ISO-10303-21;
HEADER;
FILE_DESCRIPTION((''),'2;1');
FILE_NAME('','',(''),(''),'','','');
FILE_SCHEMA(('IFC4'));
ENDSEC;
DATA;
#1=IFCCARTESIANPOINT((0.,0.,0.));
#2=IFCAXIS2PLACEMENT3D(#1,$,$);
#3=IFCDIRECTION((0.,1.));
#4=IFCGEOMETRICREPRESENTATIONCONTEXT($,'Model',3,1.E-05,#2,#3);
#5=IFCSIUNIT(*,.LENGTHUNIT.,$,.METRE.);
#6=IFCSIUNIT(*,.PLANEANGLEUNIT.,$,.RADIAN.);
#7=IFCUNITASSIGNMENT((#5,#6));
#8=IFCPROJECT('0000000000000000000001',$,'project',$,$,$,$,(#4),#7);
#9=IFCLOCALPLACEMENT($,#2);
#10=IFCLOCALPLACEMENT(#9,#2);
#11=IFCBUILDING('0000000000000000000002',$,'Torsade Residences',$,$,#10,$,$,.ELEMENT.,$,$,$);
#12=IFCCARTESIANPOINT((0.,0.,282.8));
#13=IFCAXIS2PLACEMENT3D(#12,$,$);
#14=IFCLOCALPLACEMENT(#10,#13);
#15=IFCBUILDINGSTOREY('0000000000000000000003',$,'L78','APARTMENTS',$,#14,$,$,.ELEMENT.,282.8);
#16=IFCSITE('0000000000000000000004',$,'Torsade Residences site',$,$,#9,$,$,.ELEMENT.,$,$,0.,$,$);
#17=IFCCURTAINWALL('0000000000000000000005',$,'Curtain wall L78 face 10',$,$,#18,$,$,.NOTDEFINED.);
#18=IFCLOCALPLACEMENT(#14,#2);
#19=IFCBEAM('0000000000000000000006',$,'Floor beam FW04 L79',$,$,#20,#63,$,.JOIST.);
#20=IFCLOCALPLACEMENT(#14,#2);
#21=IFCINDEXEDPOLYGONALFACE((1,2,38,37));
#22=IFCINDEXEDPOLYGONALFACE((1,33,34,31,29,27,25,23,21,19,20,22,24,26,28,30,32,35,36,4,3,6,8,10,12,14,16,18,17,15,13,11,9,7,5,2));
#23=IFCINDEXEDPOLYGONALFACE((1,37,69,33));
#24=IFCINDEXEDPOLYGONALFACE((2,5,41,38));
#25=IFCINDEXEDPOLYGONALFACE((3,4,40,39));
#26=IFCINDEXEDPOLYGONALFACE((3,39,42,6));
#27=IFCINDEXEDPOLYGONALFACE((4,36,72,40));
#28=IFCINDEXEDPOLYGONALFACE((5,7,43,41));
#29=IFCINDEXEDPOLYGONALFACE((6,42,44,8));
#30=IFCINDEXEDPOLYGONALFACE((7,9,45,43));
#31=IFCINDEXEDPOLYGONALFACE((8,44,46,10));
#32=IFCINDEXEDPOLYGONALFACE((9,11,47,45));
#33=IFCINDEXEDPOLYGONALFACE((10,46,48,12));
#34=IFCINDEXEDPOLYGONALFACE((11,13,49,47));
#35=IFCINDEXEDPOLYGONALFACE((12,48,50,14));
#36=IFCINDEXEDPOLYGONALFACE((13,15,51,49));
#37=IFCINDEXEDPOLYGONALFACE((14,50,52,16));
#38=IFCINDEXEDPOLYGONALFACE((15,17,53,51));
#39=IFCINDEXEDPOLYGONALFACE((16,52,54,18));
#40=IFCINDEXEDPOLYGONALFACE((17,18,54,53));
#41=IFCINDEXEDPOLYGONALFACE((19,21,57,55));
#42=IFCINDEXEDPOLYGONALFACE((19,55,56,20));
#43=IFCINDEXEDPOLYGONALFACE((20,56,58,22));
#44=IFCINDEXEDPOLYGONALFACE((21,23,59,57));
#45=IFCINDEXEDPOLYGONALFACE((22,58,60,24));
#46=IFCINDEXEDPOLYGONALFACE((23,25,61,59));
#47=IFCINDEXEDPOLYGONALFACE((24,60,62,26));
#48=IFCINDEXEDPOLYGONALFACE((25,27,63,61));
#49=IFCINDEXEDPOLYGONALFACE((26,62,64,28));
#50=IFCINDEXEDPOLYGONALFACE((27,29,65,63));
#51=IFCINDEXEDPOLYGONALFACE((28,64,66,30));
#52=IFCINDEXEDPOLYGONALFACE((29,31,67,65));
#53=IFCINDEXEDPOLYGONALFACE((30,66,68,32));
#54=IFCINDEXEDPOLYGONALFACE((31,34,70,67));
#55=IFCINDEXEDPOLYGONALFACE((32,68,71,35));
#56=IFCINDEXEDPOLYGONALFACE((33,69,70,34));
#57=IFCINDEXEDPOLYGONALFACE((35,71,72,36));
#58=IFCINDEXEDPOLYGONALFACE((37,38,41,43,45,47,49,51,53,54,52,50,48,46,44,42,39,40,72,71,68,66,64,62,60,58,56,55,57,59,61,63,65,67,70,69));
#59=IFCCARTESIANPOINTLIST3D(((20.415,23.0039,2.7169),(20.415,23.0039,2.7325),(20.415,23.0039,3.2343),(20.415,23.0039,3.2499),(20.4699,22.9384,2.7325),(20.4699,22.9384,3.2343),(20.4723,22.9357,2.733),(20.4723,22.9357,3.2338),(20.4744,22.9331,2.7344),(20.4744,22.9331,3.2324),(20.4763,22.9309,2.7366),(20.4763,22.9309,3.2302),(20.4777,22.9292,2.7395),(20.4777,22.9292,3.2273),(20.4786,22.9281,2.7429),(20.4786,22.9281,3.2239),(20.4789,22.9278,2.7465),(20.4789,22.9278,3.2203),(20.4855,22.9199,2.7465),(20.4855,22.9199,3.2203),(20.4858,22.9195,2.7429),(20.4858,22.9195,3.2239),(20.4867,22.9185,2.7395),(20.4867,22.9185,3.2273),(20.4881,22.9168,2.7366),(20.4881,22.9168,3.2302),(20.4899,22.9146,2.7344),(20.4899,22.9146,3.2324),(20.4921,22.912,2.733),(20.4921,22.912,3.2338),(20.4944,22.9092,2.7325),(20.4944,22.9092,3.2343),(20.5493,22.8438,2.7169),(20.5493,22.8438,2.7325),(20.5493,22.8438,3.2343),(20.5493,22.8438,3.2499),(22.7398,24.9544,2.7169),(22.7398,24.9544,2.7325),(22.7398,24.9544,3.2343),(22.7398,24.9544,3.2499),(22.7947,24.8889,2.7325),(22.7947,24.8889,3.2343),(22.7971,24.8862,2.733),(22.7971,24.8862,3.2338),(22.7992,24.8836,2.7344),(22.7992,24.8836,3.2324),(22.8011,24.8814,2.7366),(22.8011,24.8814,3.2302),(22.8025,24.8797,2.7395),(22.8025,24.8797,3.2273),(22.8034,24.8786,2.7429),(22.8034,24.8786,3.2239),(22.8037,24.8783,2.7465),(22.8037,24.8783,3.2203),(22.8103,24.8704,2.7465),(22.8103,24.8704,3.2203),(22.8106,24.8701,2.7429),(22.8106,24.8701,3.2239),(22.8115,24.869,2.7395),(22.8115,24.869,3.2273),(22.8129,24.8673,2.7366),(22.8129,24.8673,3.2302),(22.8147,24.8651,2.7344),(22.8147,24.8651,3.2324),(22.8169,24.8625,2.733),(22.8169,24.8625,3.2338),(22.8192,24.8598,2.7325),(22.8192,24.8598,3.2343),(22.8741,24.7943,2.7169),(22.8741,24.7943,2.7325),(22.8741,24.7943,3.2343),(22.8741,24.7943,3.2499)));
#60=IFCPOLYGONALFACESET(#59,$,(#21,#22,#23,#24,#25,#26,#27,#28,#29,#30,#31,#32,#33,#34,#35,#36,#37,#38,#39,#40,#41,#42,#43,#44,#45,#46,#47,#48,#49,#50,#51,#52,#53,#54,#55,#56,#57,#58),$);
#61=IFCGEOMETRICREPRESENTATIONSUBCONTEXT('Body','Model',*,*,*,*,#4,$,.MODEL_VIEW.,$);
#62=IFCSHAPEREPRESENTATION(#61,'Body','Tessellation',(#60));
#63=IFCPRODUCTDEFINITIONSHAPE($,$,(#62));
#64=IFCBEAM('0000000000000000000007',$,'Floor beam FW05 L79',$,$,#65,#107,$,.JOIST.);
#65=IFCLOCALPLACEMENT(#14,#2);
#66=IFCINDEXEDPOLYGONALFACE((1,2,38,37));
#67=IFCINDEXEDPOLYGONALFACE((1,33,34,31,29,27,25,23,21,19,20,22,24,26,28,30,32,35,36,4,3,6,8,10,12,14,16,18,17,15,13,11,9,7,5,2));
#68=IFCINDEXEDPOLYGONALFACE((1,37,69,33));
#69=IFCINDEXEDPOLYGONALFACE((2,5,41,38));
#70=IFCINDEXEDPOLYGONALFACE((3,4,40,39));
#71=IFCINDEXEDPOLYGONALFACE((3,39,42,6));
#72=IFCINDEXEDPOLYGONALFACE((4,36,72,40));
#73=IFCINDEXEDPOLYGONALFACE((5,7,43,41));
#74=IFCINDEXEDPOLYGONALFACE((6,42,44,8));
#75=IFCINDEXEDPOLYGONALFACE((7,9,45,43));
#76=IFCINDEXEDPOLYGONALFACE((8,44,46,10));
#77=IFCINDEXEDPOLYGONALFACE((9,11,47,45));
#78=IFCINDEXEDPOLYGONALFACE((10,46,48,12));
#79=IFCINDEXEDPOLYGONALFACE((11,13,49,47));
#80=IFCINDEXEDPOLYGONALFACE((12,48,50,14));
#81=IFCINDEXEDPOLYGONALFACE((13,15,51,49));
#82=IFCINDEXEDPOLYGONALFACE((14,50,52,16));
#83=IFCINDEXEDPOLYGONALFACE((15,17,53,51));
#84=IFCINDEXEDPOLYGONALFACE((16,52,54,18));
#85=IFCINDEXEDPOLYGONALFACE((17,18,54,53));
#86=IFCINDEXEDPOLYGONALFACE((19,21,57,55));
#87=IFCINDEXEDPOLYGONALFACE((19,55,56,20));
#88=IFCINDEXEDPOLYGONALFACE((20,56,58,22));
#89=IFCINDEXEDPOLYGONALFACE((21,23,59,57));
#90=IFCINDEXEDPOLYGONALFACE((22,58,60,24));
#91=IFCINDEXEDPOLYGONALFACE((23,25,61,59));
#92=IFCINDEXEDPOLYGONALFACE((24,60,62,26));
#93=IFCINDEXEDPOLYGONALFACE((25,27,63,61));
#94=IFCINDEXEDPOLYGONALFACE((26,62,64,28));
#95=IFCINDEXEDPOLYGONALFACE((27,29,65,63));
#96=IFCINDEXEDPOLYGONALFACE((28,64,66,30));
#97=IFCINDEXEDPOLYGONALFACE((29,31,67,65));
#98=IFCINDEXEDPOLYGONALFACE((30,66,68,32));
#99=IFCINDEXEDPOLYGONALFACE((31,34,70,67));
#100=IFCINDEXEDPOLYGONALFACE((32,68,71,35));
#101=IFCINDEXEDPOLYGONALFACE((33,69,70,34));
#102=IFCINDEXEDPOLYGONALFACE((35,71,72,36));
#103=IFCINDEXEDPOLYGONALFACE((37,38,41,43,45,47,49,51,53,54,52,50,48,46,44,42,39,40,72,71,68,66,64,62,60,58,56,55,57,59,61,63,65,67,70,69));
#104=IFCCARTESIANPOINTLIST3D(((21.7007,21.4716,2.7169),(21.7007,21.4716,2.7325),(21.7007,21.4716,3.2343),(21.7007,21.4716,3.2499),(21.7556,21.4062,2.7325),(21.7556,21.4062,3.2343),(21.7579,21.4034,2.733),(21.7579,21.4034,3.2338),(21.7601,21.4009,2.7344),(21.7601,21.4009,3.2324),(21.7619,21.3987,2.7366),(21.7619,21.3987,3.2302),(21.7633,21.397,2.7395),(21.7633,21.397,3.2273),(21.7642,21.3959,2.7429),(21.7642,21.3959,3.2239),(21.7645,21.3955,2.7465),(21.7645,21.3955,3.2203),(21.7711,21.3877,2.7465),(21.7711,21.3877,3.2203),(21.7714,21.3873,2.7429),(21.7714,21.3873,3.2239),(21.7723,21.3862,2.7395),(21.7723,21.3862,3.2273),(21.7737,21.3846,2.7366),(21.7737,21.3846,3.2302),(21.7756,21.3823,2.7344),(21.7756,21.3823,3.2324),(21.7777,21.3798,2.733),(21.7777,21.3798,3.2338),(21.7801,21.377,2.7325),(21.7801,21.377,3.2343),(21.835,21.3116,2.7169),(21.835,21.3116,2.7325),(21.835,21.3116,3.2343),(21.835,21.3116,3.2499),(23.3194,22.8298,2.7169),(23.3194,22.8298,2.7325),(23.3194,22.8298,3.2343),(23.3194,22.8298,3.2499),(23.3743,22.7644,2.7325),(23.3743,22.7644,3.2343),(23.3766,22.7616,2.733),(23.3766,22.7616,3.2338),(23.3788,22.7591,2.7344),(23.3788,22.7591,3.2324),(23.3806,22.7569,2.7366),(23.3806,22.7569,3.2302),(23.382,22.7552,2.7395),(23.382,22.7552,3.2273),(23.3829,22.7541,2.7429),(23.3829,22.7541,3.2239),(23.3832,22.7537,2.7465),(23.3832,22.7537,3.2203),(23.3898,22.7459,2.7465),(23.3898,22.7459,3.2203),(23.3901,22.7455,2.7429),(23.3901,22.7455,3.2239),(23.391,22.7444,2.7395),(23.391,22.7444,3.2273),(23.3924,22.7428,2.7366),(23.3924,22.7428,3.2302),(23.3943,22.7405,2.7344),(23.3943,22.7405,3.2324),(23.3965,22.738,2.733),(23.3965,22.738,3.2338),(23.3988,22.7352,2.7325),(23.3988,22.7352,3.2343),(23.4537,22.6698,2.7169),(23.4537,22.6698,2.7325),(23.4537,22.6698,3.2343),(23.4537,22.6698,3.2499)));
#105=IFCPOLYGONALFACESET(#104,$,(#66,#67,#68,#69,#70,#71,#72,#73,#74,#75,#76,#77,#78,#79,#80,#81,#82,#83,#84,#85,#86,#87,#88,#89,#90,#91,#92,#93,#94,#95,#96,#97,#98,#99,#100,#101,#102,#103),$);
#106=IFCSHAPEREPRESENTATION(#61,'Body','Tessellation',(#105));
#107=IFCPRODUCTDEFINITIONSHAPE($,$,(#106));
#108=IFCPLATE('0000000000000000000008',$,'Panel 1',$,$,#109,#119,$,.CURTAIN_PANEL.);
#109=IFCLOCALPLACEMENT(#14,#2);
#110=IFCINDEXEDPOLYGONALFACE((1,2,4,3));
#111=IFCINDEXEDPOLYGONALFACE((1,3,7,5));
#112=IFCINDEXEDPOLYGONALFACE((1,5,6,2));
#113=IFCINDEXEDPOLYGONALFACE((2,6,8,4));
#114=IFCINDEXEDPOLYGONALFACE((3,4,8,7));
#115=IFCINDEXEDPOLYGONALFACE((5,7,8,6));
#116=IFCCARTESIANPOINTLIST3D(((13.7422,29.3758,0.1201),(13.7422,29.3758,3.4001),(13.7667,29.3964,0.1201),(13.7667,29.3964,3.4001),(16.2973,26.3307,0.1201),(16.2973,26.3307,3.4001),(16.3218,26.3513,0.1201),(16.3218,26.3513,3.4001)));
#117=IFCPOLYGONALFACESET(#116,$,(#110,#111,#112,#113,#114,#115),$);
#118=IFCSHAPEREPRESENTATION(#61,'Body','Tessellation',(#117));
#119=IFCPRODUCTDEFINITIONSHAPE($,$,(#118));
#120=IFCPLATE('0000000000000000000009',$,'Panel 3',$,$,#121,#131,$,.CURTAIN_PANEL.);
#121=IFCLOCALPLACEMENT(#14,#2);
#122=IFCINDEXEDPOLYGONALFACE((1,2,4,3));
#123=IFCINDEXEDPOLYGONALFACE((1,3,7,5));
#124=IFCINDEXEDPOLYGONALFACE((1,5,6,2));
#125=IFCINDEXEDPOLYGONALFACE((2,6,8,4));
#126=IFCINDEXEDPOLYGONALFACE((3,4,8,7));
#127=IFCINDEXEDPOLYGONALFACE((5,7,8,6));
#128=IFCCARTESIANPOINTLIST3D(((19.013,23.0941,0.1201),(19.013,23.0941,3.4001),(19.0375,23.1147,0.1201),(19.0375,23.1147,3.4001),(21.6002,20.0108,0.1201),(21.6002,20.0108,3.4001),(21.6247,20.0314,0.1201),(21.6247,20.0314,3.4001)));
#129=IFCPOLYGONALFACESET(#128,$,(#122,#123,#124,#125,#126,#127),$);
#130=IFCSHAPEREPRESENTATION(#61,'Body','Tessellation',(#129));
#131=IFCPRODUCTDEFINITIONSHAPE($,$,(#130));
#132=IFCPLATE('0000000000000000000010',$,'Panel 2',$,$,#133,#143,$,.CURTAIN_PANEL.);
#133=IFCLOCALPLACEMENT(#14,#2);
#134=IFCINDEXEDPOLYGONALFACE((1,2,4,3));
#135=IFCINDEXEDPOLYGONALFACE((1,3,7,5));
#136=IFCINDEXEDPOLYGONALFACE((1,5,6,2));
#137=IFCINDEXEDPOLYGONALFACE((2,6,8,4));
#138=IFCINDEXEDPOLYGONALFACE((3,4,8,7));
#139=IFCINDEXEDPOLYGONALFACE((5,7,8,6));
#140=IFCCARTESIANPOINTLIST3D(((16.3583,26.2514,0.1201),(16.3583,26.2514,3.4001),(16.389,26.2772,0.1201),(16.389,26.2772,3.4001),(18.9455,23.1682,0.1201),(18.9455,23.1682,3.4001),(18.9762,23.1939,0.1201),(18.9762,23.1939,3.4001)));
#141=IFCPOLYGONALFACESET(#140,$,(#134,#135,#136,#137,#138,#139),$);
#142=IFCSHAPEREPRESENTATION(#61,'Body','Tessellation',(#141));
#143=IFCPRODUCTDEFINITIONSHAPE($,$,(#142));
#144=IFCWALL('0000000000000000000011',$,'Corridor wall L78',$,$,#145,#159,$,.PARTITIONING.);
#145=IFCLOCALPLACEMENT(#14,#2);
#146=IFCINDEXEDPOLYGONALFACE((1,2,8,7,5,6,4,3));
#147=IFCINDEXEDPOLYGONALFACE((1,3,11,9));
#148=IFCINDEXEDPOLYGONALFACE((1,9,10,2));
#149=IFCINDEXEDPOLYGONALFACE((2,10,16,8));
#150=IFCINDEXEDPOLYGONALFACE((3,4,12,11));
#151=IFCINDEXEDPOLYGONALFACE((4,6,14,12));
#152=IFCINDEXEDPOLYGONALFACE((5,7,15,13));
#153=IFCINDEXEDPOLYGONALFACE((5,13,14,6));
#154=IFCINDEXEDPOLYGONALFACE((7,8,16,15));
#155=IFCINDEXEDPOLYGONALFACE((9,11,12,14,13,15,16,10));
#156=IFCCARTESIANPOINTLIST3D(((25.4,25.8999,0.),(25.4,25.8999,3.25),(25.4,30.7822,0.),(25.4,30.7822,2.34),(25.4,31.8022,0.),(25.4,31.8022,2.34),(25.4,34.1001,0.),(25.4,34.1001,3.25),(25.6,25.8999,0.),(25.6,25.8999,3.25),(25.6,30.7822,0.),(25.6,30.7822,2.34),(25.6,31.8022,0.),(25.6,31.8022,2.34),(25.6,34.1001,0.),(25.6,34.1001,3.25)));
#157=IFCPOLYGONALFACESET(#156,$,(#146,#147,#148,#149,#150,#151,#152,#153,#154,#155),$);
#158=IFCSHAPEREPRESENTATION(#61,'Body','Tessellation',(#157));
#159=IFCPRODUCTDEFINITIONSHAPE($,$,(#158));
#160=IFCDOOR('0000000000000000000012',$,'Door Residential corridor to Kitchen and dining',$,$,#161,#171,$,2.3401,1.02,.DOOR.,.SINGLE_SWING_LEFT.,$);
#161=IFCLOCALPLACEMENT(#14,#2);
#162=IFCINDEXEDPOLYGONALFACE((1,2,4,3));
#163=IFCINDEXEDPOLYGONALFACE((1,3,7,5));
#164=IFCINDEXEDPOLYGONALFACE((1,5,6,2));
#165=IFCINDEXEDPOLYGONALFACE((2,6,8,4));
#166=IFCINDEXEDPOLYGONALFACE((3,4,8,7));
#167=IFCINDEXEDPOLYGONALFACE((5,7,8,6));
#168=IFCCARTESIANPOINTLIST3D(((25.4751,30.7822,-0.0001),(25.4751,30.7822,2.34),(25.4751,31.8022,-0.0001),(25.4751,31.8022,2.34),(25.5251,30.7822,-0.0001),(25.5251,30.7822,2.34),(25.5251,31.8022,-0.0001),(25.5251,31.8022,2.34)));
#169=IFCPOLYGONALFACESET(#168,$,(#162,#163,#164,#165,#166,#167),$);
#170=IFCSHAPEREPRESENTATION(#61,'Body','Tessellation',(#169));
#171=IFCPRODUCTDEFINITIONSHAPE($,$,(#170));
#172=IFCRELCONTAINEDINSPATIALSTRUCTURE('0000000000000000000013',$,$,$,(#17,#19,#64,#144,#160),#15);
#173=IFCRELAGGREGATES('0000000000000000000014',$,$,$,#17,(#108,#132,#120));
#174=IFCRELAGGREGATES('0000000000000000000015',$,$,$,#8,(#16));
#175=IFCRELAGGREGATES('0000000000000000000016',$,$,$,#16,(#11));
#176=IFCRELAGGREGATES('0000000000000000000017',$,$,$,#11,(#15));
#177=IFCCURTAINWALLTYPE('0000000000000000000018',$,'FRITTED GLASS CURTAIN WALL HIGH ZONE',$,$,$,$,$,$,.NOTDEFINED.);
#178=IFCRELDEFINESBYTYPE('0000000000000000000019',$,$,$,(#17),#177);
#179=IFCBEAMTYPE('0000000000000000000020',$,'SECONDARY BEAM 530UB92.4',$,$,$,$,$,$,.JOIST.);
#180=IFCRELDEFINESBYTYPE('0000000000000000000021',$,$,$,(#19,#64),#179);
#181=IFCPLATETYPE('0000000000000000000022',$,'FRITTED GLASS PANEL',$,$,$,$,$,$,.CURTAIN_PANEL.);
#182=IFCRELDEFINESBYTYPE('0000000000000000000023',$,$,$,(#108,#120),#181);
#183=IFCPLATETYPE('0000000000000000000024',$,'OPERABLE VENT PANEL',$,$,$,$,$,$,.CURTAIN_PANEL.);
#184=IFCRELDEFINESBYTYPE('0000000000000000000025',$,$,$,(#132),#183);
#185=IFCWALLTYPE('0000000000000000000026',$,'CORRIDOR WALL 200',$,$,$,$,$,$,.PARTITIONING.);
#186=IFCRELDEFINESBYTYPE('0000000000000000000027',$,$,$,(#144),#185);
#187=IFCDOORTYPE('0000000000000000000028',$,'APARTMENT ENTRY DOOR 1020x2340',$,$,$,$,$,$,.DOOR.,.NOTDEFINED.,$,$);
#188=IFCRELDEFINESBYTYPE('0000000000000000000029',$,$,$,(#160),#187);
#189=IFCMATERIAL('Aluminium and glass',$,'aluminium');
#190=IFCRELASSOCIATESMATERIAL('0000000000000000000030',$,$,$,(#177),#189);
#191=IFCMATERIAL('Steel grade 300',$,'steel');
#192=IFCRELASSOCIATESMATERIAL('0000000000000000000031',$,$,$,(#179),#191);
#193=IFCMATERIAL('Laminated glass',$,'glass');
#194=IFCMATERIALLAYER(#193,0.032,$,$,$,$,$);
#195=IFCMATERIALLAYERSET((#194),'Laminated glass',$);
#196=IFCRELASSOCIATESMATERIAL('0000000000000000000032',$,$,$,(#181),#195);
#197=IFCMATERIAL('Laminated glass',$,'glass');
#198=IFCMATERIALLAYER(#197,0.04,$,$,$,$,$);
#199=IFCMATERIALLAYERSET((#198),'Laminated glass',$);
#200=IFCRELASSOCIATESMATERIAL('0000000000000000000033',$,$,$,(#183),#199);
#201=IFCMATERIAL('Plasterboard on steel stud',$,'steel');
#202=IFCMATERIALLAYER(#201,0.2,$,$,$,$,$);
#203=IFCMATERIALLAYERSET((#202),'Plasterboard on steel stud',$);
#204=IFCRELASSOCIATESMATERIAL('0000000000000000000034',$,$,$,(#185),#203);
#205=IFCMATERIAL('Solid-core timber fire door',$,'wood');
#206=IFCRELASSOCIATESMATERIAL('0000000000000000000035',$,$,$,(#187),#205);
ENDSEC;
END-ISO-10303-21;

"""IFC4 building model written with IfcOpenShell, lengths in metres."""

from ifc_helpers import new_model, si_unit, direction, frame, frame_2d, origin, origin_2d, place, context, subcontext, project, spatial, rectangle, i_section, extrude, material, layer, layer_set, material_profile, profile_set, type_object, element, fill, aggregate, save


model = new_model("IFC4")

# Units and contexts
model_context = context("Model", 3, precision=1e-05, world=origin(), true_north=direction((0.0, 1.0)))
body_context = subcontext(model_context, "Body", "Model", "MODEL_VIEW")
ifc_project = project(units=[si_unit("LENGTHUNIT", "METRE"), si_unit("PLANEANGLEUNIT", "RADIAN")], contexts=[model_context])

# Site, building, storey
site_placement = place(None, origin())
site = spatial("IfcSite", under=ifc_project, at=site_placement, Name="Torsade Residences site", CompositionType="ELEMENT", RefElevation=0.0)
building_placement = place(site_placement, origin())
building = spatial("IfcBuilding", under=site, at=building_placement, Name="Torsade Residences", CompositionType="ELEMENT")
storey_placement = place(building_placement, frame((0.0, 0.0, 282.8)))
storey = spatial("IfcBuildingStorey", under=building, at=storey_placement, Name="L78", Description="APARTMENTS", CompositionType="ELEMENT", Elevation=282.8)

# Curtain wall
ifc_material_1 = material(Name="Aluminium and glass", Category="aluminium")
curtain_wall_type = type_object("IfcCurtainWallType", Name="FRITTED GLASS CURTAIN WALL HIGH ZONE", PredefinedType="NOTDEFINED", material=ifc_material_1)
curtain_wall_placement = place(storey_placement, origin())
curtain_wall = element("IfcCurtainWall", 1, at=curtain_wall_placement, inside=storey, type_object=curtain_wall_type, Name="Curtain wall L78 face 10", PredefinedType="NOTDEFINED")

# Beams
ifc_material_2 = material(Name="Steel grade 300", Category="steel")
ifc_material_profile_1 = material_profile(ifc_material_2, i_section(OverallWidth=0.209, OverallDepth=0.533, WebThickness=0.0103, FlangeThickness=0.0156, FilletRadius=0.0139, at=origin_2d()), Name="530UB92.4")
ifc_profile_set_1 = profile_set([ifc_material_profile_1], Name="Steel grade 300")
beam_type_1 = type_object("IfcBeamType", Name="SECONDARY BEAM 530UB92.4", PredefinedType="JOIST", material=ifc_profile_set_1)
beam_1_placement = place(storey_placement, frame((20.4822, 22.9238, 2.9834), z_axis=(0.76608, 0.642745, 0.0), x_axis=(-0.642745, 0.76608, 0.0)))
element("IfcBeam", 2, at=beam_1_placement, inside=storey, type_object=beam_type_1, Name="Floor beam FW04 L79", PredefinedType="JOIST", context=body_context, shape_type="SweptSolid", body=[
    extrude(i_section(OverallWidth=0.209, OverallDepth=0.533, WebThickness=0.0103, FlangeThickness=0.0156, FilletRadius=0.0139, at=origin_2d()), origin(), (0.0, 0.0, 1.0), 3.0347),
])
beam_2_placement = place(storey_placement, frame((21.7678, 21.3916, 2.9834), z_axis=(0.766058, 0.642772, 0.0), x_axis=(-0.642772, 0.766058, 0.0)))
element("IfcBeam", 3, at=beam_2_placement, inside=storey, type_object=beam_type_1, Name="Floor beam FW05 L79", PredefinedType="JOIST", context=body_context, shape_type="SweptSolid", body=[
    extrude(i_section(OverallWidth=0.209, OverallDepth=0.533, WebThickness=0.0103, FlangeThickness=0.0156, FilletRadius=0.0139, at=origin_2d()), origin(), (0.0, 0.0, 1.0), 2.113),
])

# Plates
ifc_material_3 = material(Name="Laminated glass", Category="glass")
ifc_layer_1 = layer(ifc_material_3, 0.032)
ifc_layer_set_1 = layer_set([ifc_layer_1], Name="Laminated glass")
plate_type_1 = type_object("IfcPlateType", Name="FRITTED GLASS PANEL", PredefinedType="CURTAIN_PANEL", material=ifc_layer_set_1)
plate_1_placement = place(storey_placement, frame((15.032, 27.8635, 0.1201), z_axis=(0.0, 0.0, 1.0), x_axis=(0.642788, -0.766044, 0.0)))
plate_1 = element("IfcPlate", 4, at=plate_1_placement, type_object=plate_type_1, Name="Panel 1", PredefinedType="CURTAIN_PANEL", context=body_context, shape_type="SweptSolid", body=[
    extrude(rectangle(XDim=3.9751, YDim=0.032, at=origin_2d()), origin(), (0.0, 0.0, 1.0), 3.28),
])
plate_2_placement = place(storey_placement, frame((20.3188, 21.5627, 0.1201), z_axis=(0.0, 0.0, 1.0), x_axis=(0.642788, -0.766044, 0.0)))
plate_2 = element("IfcPlate", 5, at=plate_2_placement, type_object=plate_type_1, Name="Panel 3", PredefinedType="CURTAIN_PANEL", context=body_context, shape_type="SweptSolid", body=[
    extrude(rectangle(XDim=4.0249, YDim=0.032, at=origin_2d()), origin(), (0.0, 0.0, 1.0), 3.28),
])
ifc_material_4 = material(Name="Laminated glass", Category="glass")
ifc_layer_2 = layer(ifc_material_4, 0.04)
ifc_layer_set_2 = layer_set([ifc_layer_2], Name="Laminated glass")
plate_type_2 = type_object("IfcPlateType", Name="OPERABLE VENT PANEL", PredefinedType="CURTAIN_PANEL", material=ifc_layer_set_2)
plate_3_placement = place(storey_placement, frame((17.6672, 24.7227, 0.1201), z_axis=(0.0, 0.0, 1.0), x_axis=(0.642788, -0.766044, 0.0)))
plate_3 = element("IfcPlate", 6, at=plate_3_placement, type_object=plate_type_2, Name="Panel 2", PredefinedType="CURTAIN_PANEL", context=body_context, shape_type="SweptSolid", body=[
    extrude(rectangle(XDim=4.0249, YDim=0.04, at=origin_2d()), origin(), (0.0, 0.0, 1.0), 3.28),
])
aggregate(curtain_wall, [plate_1, plate_3, plate_2])

# Wall, opening, door
ifc_material_5 = material(Name="Plasterboard on steel stud", Category="steel")
ifc_layer_3 = layer(ifc_material_5, 0.2)
ifc_layer_set_3 = layer_set([ifc_layer_3], Name="Plasterboard on steel stud")
wall_type_1 = type_object("IfcWallType", Name="CORRIDOR WALL 200", PredefinedType="PARTITIONING", material=ifc_layer_set_3)
wall_1_placement = place(storey_placement, frame((25.5, 25.8999, 0.0), z_axis=(0.0, 0.0, 1.0), x_axis=(0.0, 1.0, 0.0)))
wall_1 = element("IfcWall", 7, at=wall_1_placement, inside=storey, type_object=wall_type_1, Name="Corridor wall L78", PredefinedType="PARTITIONING", context=body_context, shape_type="SweptSolid", body=[
    extrude(rectangle(XDim=8.2002, YDim=0.2, at=frame_2d((4.1001, 0.0))), origin(), (0.0, 0.0, 1.0), 3.25),
])
opening_1_placement = place(wall_1_placement, frame((4.8823, 0.0, 0.0)))
opening_1 = element("IfcOpeningElement", 8, at=opening_1_placement, cuts=wall_1, PredefinedType="OPENING", context=body_context, shape_type="SweptSolid", body=[
    extrude(rectangle(XDim=1.02, YDim=2.3401, at=frame_2d((0.51, 1.1699))), frame((0.0, 0.1099, 0.0), z_axis=(0.0, -1.0, 0.0), x_axis=(1.0, 0.0, 0.0)), (0.0, 0.0, 1.0), 0.22),
])
ifc_material_6 = material(Name="Solid-core timber fire door", Category="wood")
door_type_1 = type_object("IfcDoorType", Name="APARTMENT ENTRY DOOR 1020x2340", OperationType="NOTDEFINED", PredefinedType="DOOR", material=ifc_material_6)
door_1_placement = place(opening_1_placement, origin())
door_1 = element("IfcDoor", 9, at=door_1_placement, inside=storey, type_object=door_type_1, Name="Door Residential corridor to Kitchen and dining", OperationType="SINGLE_SWING_LEFT", OverallHeight=2.3401, OverallWidth=1.02, PredefinedType="DOOR", context=body_context, shape_type="SweptSolid", body=[
    extrude(rectangle(XDim=1.02, YDim=2.3401, at=frame_2d((0.51, 1.1699))), frame((0.0, 0.0249, 0.0), z_axis=(0.0, -1.0, 0.0), x_axis=(1.0, 0.0, 0.0)), (0.0, 0.0, 1.0), 0.05),
])
fill(opening_1, door_1)

save(model, "model.ifc")
